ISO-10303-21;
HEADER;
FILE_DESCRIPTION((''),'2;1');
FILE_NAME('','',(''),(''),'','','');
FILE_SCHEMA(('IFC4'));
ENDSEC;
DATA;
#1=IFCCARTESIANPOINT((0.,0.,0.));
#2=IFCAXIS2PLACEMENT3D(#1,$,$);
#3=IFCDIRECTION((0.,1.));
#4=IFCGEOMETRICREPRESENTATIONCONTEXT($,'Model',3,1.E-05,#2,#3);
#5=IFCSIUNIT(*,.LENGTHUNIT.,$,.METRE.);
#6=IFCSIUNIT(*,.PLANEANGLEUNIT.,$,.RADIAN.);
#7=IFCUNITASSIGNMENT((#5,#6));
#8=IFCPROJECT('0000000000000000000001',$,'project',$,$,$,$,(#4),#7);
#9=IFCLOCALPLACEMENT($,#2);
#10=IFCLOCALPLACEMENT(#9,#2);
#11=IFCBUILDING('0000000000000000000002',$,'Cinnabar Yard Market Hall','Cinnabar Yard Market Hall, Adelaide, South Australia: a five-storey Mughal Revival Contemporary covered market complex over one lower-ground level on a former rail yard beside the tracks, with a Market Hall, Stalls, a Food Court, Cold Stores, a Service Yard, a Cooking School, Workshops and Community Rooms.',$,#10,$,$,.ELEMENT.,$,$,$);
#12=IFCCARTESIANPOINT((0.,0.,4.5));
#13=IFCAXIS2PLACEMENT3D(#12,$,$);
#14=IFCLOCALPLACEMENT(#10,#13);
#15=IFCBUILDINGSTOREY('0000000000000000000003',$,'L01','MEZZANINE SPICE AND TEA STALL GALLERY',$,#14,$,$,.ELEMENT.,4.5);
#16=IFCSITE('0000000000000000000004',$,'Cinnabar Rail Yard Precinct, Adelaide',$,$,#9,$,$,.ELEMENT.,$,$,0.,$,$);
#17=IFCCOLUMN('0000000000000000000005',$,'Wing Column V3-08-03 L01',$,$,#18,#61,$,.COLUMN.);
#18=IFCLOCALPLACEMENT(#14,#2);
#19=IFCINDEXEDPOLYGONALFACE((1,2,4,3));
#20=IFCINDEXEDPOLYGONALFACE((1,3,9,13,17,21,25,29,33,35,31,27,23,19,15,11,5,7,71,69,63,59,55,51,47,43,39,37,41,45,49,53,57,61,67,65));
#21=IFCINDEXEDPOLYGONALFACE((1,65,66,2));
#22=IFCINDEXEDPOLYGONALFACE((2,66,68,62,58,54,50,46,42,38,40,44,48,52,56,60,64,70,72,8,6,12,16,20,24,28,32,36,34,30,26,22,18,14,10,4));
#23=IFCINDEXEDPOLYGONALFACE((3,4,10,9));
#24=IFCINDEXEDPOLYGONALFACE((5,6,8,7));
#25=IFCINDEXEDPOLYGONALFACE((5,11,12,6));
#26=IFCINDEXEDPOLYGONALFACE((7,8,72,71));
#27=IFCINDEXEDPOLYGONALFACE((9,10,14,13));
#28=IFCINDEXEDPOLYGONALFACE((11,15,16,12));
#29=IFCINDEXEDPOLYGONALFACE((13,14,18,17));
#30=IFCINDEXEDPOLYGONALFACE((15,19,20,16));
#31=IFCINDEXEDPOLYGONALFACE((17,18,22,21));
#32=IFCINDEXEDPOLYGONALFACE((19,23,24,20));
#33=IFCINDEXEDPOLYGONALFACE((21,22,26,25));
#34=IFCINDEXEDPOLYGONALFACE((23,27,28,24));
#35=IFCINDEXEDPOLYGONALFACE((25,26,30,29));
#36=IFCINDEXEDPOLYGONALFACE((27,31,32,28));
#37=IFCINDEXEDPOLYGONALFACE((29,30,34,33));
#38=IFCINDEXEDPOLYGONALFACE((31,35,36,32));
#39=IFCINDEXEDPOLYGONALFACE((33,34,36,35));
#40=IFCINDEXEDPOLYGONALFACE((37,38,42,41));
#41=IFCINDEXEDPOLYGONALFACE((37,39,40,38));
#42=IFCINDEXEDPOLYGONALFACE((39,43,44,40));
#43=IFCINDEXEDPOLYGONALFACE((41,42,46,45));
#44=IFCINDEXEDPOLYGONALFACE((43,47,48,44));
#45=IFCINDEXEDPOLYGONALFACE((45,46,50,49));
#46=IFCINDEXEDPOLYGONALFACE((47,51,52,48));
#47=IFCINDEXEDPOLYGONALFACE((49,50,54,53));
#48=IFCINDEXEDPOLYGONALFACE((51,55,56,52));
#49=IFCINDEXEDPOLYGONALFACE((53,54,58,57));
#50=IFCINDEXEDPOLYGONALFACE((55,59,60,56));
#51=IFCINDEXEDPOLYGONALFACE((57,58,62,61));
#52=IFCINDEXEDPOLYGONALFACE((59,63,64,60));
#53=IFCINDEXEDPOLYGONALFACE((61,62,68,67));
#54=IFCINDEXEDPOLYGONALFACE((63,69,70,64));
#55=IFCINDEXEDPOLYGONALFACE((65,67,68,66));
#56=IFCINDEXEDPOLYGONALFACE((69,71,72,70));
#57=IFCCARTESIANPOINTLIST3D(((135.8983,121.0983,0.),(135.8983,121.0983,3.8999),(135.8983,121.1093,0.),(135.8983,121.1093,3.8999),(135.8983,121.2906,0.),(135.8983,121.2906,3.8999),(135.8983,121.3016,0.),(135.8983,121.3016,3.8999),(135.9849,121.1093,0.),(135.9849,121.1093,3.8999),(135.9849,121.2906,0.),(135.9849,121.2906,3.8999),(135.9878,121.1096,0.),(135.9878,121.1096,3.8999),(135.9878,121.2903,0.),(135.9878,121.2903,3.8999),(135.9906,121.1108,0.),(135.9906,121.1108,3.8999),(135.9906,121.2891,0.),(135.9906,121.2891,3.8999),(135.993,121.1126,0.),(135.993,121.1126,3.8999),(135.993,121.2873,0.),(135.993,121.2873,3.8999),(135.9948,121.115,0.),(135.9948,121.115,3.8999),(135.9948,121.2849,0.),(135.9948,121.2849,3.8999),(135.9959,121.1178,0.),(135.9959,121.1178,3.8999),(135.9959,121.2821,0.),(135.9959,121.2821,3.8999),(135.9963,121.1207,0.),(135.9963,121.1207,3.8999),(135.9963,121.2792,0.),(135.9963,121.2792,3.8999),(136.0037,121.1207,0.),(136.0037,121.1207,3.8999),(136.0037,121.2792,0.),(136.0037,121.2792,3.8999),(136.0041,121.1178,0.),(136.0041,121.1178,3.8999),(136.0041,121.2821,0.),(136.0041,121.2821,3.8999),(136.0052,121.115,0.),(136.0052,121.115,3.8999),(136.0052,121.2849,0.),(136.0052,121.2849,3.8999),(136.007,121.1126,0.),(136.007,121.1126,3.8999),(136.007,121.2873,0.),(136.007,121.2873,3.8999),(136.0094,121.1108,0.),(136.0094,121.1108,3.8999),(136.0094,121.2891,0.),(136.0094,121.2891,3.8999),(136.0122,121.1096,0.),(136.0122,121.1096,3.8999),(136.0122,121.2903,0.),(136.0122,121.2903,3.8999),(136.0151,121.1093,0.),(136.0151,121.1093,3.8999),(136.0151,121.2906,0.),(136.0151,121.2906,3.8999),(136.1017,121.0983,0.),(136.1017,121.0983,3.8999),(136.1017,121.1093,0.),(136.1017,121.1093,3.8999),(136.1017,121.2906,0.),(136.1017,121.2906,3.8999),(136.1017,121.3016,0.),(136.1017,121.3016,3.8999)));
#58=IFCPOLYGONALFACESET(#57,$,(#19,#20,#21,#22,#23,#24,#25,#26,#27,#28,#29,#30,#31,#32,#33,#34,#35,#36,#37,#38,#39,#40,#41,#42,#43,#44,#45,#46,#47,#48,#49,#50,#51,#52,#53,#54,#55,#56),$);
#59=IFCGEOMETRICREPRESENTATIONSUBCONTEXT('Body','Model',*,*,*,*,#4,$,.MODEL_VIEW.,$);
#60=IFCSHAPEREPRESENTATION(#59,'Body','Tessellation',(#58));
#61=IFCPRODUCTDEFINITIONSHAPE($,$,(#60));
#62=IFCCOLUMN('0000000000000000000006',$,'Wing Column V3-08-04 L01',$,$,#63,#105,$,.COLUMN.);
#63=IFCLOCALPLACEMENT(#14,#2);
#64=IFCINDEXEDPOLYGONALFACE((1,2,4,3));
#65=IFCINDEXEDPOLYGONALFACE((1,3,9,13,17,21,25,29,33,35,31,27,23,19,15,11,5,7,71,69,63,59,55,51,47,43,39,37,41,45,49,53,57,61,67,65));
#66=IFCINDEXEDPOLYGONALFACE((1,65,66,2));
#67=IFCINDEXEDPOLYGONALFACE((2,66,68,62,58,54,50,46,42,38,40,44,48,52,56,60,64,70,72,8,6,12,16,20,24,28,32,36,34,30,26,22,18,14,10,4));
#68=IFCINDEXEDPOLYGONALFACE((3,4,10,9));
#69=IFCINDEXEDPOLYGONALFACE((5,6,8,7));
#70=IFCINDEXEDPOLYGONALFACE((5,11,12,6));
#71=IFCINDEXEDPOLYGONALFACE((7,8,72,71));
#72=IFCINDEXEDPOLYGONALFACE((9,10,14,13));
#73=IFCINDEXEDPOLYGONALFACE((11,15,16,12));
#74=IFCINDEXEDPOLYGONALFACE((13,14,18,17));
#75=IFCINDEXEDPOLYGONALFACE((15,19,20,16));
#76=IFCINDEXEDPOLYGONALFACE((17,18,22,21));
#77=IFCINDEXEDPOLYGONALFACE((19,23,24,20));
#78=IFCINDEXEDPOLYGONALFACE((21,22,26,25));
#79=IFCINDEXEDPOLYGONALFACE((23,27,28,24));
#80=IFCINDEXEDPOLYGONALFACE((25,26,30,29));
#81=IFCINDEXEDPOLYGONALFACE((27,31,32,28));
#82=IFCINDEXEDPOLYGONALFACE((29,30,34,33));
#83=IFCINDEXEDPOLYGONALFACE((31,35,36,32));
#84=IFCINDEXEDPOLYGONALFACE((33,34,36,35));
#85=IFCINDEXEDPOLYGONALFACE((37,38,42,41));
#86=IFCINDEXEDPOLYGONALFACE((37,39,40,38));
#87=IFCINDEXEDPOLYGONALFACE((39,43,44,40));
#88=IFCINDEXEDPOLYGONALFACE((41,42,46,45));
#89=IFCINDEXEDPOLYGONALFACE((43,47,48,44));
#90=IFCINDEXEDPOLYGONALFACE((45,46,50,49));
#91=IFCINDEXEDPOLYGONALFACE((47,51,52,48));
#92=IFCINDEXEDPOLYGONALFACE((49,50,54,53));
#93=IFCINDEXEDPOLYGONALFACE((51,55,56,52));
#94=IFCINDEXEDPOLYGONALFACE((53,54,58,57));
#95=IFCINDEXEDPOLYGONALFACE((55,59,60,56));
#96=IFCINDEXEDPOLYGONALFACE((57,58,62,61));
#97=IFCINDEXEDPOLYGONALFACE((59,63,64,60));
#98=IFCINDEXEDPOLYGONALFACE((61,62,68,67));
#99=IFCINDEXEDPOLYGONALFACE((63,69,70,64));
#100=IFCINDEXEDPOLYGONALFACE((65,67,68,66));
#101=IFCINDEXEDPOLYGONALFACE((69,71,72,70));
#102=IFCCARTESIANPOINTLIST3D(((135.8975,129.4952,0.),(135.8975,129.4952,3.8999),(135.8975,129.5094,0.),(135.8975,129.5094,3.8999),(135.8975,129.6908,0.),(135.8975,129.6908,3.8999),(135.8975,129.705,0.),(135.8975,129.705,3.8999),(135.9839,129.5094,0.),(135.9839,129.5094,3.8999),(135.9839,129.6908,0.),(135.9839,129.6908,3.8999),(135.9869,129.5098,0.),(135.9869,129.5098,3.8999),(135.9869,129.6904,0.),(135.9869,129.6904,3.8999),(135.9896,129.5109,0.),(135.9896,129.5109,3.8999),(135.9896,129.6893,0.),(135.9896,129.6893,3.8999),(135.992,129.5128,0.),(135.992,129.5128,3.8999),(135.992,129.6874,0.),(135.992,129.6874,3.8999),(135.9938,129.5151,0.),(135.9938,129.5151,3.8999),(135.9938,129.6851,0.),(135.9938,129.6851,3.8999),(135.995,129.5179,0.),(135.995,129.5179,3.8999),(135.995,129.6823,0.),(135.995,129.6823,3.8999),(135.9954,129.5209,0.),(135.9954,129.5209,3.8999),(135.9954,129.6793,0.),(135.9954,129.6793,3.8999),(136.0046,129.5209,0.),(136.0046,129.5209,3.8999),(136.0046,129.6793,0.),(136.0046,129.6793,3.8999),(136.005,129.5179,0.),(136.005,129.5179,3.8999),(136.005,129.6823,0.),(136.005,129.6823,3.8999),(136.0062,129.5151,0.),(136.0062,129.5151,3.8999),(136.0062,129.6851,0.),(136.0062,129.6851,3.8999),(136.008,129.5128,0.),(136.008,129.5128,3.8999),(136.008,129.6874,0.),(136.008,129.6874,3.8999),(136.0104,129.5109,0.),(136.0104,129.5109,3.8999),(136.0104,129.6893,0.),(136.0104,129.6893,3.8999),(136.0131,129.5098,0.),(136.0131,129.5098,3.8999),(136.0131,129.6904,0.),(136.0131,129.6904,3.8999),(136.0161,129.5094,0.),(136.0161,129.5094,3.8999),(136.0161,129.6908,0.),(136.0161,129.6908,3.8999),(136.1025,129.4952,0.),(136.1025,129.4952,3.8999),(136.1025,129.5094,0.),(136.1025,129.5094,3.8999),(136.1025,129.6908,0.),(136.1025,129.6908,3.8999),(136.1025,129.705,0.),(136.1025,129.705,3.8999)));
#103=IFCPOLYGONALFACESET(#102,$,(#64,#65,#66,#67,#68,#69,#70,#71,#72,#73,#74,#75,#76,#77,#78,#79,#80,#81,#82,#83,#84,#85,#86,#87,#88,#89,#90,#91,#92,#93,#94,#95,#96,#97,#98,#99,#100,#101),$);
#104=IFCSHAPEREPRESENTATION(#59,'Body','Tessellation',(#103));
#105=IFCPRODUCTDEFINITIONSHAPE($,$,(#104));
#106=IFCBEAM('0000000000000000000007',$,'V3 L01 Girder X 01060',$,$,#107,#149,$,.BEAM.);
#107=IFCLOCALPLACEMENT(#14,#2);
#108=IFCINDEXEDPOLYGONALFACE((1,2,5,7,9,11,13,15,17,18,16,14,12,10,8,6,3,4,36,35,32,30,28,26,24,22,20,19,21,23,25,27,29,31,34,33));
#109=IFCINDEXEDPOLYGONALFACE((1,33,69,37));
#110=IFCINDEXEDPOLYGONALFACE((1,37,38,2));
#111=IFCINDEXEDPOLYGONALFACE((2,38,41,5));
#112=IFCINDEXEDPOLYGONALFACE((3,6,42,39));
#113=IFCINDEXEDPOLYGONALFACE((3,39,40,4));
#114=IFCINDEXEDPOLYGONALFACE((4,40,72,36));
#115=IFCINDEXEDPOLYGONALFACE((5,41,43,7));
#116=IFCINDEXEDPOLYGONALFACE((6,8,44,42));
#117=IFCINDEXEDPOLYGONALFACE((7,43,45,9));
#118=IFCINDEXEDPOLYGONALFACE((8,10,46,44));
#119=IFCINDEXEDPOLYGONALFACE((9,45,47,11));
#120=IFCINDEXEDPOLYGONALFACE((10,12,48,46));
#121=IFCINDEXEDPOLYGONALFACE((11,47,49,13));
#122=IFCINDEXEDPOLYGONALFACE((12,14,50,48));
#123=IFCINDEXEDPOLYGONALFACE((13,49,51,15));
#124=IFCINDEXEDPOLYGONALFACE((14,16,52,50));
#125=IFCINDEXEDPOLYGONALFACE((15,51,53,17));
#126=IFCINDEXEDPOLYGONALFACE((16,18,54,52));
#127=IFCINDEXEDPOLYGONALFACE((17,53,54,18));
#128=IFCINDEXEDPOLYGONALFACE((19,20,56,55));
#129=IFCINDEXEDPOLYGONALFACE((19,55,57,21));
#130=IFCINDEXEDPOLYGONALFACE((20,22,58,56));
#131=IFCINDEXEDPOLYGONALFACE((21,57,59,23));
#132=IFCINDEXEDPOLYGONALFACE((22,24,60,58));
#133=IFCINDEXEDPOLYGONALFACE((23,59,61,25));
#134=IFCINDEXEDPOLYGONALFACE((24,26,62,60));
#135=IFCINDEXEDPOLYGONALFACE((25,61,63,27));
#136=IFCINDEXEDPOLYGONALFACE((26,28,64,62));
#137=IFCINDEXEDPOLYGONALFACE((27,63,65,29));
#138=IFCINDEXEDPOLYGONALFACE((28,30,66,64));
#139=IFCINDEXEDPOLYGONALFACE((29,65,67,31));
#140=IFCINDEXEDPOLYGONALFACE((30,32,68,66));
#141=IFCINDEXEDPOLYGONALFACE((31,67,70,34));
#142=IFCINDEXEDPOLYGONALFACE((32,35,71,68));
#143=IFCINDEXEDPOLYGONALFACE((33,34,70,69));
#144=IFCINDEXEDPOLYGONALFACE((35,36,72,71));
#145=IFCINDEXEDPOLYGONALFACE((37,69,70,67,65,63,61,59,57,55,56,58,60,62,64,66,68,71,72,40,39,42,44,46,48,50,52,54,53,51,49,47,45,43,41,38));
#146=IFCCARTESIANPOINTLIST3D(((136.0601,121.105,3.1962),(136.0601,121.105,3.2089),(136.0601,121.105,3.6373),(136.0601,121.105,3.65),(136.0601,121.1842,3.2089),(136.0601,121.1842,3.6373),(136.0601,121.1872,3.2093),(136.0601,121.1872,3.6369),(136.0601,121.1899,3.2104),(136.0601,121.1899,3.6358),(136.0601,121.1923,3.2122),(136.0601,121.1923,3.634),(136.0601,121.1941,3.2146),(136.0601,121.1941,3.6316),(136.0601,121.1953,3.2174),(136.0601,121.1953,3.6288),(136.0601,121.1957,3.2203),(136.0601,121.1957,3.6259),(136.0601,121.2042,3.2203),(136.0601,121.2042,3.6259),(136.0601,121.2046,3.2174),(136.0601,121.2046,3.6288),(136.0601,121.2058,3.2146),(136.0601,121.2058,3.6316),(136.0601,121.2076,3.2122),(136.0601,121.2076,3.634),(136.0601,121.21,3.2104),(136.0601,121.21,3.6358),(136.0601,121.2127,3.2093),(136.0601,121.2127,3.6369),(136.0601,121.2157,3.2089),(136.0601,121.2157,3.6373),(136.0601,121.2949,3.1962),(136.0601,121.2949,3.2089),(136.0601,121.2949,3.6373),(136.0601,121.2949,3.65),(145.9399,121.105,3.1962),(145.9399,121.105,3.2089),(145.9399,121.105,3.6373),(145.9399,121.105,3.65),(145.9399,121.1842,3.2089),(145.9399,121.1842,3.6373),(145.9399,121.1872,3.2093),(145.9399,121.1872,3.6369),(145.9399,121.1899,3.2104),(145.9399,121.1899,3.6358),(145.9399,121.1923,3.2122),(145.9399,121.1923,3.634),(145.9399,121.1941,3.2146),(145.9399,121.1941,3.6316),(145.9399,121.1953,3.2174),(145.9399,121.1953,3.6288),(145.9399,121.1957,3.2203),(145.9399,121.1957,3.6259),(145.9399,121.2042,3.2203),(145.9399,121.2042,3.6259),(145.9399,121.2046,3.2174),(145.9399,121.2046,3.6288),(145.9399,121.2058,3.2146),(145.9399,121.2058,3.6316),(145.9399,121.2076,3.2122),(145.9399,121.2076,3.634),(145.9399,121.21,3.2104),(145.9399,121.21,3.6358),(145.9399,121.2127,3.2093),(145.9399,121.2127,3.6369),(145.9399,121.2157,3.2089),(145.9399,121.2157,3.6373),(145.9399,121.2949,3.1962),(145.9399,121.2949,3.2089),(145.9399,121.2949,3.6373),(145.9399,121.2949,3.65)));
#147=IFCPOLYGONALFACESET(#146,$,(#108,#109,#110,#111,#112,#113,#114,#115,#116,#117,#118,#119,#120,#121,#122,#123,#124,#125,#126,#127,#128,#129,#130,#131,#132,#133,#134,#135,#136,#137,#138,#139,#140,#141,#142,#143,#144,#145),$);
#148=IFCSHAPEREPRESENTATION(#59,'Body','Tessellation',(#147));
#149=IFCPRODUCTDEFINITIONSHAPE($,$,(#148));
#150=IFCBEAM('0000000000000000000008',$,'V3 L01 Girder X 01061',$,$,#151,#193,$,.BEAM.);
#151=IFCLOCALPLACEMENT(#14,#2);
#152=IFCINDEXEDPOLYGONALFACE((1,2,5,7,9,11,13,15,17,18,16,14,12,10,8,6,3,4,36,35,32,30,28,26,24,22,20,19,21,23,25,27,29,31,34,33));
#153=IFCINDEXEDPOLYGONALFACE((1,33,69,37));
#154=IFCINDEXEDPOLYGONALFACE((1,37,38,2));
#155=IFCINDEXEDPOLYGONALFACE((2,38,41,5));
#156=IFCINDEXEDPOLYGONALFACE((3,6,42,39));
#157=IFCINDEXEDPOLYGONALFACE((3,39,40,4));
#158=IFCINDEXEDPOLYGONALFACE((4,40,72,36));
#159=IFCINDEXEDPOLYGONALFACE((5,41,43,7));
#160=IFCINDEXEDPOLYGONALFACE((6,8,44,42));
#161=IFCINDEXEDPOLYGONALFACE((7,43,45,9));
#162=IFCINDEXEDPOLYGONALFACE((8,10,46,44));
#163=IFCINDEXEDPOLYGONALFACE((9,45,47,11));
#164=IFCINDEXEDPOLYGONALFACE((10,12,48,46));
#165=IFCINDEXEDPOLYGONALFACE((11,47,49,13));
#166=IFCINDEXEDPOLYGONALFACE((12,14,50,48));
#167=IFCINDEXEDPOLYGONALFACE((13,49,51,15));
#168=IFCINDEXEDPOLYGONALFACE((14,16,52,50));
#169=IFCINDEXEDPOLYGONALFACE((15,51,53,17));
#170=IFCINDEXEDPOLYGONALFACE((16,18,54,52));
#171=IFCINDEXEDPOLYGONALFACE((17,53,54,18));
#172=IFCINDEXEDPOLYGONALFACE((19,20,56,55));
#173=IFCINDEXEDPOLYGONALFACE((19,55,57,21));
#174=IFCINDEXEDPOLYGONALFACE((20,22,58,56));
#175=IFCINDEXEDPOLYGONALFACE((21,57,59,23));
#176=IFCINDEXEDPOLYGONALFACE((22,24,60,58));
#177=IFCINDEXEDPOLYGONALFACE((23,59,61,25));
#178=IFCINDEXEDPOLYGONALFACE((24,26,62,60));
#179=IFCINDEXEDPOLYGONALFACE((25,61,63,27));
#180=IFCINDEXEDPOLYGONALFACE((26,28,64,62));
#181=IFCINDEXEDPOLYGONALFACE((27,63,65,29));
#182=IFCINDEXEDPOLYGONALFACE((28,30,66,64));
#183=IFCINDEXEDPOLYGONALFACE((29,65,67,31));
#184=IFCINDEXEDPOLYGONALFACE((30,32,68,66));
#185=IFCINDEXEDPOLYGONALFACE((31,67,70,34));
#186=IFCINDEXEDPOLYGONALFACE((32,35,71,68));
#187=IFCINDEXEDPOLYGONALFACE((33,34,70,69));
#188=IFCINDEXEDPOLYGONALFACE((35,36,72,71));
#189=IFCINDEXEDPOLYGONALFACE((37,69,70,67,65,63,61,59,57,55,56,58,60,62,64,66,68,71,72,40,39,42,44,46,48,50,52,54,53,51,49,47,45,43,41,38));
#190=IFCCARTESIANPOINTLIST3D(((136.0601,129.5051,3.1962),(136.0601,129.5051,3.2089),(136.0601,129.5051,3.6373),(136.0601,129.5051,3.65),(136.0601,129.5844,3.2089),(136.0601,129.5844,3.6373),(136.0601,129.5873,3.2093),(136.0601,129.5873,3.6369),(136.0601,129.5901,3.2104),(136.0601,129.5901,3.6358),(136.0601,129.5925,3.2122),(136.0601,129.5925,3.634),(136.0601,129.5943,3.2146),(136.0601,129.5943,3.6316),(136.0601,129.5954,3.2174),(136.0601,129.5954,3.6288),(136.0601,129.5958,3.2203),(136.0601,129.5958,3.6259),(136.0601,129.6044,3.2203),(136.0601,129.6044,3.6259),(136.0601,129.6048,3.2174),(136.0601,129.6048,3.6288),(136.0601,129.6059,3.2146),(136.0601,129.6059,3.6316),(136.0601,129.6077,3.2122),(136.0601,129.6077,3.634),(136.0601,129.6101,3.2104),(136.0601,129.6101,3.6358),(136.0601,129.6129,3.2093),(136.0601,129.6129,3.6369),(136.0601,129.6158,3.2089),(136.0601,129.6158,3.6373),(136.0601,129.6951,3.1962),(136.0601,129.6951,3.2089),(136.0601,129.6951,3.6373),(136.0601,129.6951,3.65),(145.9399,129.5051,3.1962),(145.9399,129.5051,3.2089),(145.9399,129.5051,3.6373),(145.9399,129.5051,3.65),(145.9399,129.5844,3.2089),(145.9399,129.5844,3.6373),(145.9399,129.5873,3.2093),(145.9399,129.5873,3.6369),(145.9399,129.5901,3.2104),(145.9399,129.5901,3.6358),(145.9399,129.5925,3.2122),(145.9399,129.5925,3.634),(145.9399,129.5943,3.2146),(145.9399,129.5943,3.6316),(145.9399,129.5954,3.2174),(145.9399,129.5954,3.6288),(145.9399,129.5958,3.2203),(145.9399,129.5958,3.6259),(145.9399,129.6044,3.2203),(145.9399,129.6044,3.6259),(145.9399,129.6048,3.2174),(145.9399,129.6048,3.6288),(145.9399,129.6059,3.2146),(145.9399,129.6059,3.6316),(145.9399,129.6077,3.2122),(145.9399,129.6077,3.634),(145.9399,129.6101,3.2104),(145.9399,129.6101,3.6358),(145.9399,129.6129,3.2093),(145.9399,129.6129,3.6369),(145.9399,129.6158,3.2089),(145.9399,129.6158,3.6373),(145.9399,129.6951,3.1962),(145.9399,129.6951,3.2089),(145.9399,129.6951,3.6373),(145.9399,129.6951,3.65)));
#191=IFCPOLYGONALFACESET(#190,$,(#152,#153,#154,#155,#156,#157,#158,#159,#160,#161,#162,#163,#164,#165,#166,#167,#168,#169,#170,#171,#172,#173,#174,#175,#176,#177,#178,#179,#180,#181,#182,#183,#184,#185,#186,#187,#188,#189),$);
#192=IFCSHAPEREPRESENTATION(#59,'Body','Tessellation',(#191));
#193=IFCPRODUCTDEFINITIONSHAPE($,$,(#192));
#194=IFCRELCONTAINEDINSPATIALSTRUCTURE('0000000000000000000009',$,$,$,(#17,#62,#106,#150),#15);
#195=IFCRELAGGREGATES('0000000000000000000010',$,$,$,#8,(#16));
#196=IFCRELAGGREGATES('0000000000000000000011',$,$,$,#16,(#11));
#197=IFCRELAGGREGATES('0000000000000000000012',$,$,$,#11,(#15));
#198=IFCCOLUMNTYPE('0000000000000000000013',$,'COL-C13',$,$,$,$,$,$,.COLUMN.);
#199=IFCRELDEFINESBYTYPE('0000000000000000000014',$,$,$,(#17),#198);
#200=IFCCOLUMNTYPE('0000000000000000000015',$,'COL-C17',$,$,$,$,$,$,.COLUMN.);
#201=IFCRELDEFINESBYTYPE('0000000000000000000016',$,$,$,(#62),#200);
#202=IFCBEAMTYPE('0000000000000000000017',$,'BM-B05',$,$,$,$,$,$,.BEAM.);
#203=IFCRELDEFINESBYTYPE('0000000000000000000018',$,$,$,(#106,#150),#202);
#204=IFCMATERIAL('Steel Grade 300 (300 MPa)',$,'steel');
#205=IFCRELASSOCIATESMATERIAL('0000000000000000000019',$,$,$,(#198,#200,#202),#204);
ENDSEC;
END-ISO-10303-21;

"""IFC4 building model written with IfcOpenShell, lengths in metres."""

from ifc_helpers import new_model, si_unit, direction, frame, origin, origin_2d_with_axis, place, context, subcontext, project, spatial, i_section, extrude, material, material_profile, profile_set, type_object, element, save


model = new_model("IFC4")

# Units and contexts
model_context = context("Model", 3, precision=1e-05, world=origin(), true_north=direction((0.0, 1.0)))
body_context = subcontext(model_context, "Body", "Model", "MODEL_VIEW")
ifc_project = project(units=[si_unit("LENGTHUNIT", "METRE"), si_unit("PLANEANGLEUNIT", "RADIAN")], contexts=[model_context])

# Site, building, storey
site_placement = place(None, origin())
site = spatial("IfcSite", under=ifc_project, at=site_placement, Name="Cinnabar Rail Yard Precinct, Adelaide", CompositionType="ELEMENT", RefElevation=0.0)
building_placement = place(site_placement, origin())
building = spatial("IfcBuilding", under=site, at=building_placement, Name="Cinnabar Yard Market Hall", Description="Cinnabar Yard Market Hall, Adelaide, South Australia: a five-storey Mughal Revival Contemporary covered market complex over one lower-ground level on a former rail yard beside the tracks, with a Market Hall, Stalls, a Food Court, Cold Stores, a Service Yard, a Cooking School, Workshops and Community Rooms.", CompositionType="ELEMENT")
storey_placement = place(building_placement, frame((0.0, 0.0, 4.5)))
storey = spatial("IfcBuildingStorey", under=building, at=storey_placement, Name="L01", Description="MEZZANINE SPICE AND TEA STALL GALLERY", CompositionType="ELEMENT", Elevation=4.5)

# Columns
ifc_material_1 = material(Name="Steel Grade 300 (300 MPa)", Category="steel")
ifc_material_profile_1 = material_profile(ifc_material_1, i_section(OverallWidth=0.2034, OverallDepth=0.2034, WebThickness=0.0073, FlangeThickness=0.011, FilletRadius=0.0115, at=origin_2d_with_axis()), Name="200UC46.2")
ifc_profile_set_1 = profile_set([ifc_material_profile_1], Name="Steel Grade 300 (300 MPa)")
column_type_1 = type_object("IfcColumnType", Name="COL-C13", PredefinedType="COLUMN", material=ifc_profile_set_1)
column_1_placement = place(storey_placement, frame((136.0, 121.2, 0.0), z_axis=(0.0, 0.0, 1.0), x_axis=(1.0, 0.0, 0.0)))
element("IfcColumn", 1, at=column_1_placement, inside=storey, type_object=column_type_1, Name="Wing Column V3-08-03 L01", PredefinedType="COLUMN", context=body_context, shape_type="SweptSolid", body=[
    extrude(i_section(OverallWidth=0.2034, OverallDepth=0.2034, WebThickness=0.0073, FlangeThickness=0.011, FilletRadius=0.0115, at=origin_2d_with_axis()), origin(), (0.0, 0.0, 1.0), 3.8999),
])
ifc_material_profile_2 = material_profile(ifc_material_1, i_section(OverallWidth=0.2051, OverallDepth=0.2097, WebThickness=0.0093, FlangeThickness=0.0142, FilletRadius=0.0115, at=origin_2d_with_axis()), Name="200UC59.5")
ifc_profile_set_2 = profile_set([ifc_material_profile_2], Name="Steel Grade 300 (300 MPa)")
column_type_2 = type_object("IfcColumnType", Name="COL-C17", PredefinedType="COLUMN", material=ifc_profile_set_2)
column_2_placement = place(storey_placement, frame((136.0, 129.6001, 0.0), z_axis=(0.0, 0.0, 1.0), x_axis=(1.0, 0.0, 0.0)))
element("IfcColumn", 2, at=column_2_placement, inside=storey, type_object=column_type_2, Name="Wing Column V3-08-04 L01", PredefinedType="COLUMN", context=body_context, shape_type="SweptSolid", body=[
    extrude(i_section(OverallWidth=0.2051, OverallDepth=0.2097, WebThickness=0.0093, FlangeThickness=0.0142, FilletRadius=0.0115, at=origin_2d_with_axis()), origin(), (0.0, 0.0, 1.0), 3.8999),
])

# Beams
ifc_material_profile_3 = material_profile(ifc_material_1, i_section(OverallWidth=0.1899, OverallDepth=0.4539, WebThickness=0.0085, FlangeThickness=0.0127, FilletRadius=0.0115, at=origin_2d_with_axis()), Name="460UB67.1")
ifc_profile_set_3 = profile_set([ifc_material_profile_3], Name="Steel Grade 300 (300 MPa)")
beam_type_1 = type_object("IfcBeamType", Name="BM-B05", PredefinedType="BEAM", material=ifc_profile_set_3)
for number, where, z_axis, x_axis, name in (
    (3, (136.0601, 121.2, 3.4231), (1.0, 0.0, 0.0), (0.0, 1.0, 0.0), "V3 L01 Girder X 01060"),
    (4, (136.0601, 129.6001, 3.4231), (1.0, 0.0, 0.0), (0.0, 1.0, 0.0), "V3 L01 Girder X 01061"),
):
    element("IfcBeam", number, at=place(storey_placement, frame(where, z_axis=z_axis, x_axis=x_axis)), inside=storey, type_object=beam_type_1, Name=name, PredefinedType="BEAM", context=body_context, shape_type="SweptSolid", body=[
        extrude(i_section(OverallWidth=0.1899, OverallDepth=0.4539, WebThickness=0.0085, FlangeThickness=0.0127, FilletRadius=0.0115, at=origin_2d_with_axis()), origin(), (0.0, 0.0, 1.0), 9.8799),
    ])

save(model, "model.ifc")
